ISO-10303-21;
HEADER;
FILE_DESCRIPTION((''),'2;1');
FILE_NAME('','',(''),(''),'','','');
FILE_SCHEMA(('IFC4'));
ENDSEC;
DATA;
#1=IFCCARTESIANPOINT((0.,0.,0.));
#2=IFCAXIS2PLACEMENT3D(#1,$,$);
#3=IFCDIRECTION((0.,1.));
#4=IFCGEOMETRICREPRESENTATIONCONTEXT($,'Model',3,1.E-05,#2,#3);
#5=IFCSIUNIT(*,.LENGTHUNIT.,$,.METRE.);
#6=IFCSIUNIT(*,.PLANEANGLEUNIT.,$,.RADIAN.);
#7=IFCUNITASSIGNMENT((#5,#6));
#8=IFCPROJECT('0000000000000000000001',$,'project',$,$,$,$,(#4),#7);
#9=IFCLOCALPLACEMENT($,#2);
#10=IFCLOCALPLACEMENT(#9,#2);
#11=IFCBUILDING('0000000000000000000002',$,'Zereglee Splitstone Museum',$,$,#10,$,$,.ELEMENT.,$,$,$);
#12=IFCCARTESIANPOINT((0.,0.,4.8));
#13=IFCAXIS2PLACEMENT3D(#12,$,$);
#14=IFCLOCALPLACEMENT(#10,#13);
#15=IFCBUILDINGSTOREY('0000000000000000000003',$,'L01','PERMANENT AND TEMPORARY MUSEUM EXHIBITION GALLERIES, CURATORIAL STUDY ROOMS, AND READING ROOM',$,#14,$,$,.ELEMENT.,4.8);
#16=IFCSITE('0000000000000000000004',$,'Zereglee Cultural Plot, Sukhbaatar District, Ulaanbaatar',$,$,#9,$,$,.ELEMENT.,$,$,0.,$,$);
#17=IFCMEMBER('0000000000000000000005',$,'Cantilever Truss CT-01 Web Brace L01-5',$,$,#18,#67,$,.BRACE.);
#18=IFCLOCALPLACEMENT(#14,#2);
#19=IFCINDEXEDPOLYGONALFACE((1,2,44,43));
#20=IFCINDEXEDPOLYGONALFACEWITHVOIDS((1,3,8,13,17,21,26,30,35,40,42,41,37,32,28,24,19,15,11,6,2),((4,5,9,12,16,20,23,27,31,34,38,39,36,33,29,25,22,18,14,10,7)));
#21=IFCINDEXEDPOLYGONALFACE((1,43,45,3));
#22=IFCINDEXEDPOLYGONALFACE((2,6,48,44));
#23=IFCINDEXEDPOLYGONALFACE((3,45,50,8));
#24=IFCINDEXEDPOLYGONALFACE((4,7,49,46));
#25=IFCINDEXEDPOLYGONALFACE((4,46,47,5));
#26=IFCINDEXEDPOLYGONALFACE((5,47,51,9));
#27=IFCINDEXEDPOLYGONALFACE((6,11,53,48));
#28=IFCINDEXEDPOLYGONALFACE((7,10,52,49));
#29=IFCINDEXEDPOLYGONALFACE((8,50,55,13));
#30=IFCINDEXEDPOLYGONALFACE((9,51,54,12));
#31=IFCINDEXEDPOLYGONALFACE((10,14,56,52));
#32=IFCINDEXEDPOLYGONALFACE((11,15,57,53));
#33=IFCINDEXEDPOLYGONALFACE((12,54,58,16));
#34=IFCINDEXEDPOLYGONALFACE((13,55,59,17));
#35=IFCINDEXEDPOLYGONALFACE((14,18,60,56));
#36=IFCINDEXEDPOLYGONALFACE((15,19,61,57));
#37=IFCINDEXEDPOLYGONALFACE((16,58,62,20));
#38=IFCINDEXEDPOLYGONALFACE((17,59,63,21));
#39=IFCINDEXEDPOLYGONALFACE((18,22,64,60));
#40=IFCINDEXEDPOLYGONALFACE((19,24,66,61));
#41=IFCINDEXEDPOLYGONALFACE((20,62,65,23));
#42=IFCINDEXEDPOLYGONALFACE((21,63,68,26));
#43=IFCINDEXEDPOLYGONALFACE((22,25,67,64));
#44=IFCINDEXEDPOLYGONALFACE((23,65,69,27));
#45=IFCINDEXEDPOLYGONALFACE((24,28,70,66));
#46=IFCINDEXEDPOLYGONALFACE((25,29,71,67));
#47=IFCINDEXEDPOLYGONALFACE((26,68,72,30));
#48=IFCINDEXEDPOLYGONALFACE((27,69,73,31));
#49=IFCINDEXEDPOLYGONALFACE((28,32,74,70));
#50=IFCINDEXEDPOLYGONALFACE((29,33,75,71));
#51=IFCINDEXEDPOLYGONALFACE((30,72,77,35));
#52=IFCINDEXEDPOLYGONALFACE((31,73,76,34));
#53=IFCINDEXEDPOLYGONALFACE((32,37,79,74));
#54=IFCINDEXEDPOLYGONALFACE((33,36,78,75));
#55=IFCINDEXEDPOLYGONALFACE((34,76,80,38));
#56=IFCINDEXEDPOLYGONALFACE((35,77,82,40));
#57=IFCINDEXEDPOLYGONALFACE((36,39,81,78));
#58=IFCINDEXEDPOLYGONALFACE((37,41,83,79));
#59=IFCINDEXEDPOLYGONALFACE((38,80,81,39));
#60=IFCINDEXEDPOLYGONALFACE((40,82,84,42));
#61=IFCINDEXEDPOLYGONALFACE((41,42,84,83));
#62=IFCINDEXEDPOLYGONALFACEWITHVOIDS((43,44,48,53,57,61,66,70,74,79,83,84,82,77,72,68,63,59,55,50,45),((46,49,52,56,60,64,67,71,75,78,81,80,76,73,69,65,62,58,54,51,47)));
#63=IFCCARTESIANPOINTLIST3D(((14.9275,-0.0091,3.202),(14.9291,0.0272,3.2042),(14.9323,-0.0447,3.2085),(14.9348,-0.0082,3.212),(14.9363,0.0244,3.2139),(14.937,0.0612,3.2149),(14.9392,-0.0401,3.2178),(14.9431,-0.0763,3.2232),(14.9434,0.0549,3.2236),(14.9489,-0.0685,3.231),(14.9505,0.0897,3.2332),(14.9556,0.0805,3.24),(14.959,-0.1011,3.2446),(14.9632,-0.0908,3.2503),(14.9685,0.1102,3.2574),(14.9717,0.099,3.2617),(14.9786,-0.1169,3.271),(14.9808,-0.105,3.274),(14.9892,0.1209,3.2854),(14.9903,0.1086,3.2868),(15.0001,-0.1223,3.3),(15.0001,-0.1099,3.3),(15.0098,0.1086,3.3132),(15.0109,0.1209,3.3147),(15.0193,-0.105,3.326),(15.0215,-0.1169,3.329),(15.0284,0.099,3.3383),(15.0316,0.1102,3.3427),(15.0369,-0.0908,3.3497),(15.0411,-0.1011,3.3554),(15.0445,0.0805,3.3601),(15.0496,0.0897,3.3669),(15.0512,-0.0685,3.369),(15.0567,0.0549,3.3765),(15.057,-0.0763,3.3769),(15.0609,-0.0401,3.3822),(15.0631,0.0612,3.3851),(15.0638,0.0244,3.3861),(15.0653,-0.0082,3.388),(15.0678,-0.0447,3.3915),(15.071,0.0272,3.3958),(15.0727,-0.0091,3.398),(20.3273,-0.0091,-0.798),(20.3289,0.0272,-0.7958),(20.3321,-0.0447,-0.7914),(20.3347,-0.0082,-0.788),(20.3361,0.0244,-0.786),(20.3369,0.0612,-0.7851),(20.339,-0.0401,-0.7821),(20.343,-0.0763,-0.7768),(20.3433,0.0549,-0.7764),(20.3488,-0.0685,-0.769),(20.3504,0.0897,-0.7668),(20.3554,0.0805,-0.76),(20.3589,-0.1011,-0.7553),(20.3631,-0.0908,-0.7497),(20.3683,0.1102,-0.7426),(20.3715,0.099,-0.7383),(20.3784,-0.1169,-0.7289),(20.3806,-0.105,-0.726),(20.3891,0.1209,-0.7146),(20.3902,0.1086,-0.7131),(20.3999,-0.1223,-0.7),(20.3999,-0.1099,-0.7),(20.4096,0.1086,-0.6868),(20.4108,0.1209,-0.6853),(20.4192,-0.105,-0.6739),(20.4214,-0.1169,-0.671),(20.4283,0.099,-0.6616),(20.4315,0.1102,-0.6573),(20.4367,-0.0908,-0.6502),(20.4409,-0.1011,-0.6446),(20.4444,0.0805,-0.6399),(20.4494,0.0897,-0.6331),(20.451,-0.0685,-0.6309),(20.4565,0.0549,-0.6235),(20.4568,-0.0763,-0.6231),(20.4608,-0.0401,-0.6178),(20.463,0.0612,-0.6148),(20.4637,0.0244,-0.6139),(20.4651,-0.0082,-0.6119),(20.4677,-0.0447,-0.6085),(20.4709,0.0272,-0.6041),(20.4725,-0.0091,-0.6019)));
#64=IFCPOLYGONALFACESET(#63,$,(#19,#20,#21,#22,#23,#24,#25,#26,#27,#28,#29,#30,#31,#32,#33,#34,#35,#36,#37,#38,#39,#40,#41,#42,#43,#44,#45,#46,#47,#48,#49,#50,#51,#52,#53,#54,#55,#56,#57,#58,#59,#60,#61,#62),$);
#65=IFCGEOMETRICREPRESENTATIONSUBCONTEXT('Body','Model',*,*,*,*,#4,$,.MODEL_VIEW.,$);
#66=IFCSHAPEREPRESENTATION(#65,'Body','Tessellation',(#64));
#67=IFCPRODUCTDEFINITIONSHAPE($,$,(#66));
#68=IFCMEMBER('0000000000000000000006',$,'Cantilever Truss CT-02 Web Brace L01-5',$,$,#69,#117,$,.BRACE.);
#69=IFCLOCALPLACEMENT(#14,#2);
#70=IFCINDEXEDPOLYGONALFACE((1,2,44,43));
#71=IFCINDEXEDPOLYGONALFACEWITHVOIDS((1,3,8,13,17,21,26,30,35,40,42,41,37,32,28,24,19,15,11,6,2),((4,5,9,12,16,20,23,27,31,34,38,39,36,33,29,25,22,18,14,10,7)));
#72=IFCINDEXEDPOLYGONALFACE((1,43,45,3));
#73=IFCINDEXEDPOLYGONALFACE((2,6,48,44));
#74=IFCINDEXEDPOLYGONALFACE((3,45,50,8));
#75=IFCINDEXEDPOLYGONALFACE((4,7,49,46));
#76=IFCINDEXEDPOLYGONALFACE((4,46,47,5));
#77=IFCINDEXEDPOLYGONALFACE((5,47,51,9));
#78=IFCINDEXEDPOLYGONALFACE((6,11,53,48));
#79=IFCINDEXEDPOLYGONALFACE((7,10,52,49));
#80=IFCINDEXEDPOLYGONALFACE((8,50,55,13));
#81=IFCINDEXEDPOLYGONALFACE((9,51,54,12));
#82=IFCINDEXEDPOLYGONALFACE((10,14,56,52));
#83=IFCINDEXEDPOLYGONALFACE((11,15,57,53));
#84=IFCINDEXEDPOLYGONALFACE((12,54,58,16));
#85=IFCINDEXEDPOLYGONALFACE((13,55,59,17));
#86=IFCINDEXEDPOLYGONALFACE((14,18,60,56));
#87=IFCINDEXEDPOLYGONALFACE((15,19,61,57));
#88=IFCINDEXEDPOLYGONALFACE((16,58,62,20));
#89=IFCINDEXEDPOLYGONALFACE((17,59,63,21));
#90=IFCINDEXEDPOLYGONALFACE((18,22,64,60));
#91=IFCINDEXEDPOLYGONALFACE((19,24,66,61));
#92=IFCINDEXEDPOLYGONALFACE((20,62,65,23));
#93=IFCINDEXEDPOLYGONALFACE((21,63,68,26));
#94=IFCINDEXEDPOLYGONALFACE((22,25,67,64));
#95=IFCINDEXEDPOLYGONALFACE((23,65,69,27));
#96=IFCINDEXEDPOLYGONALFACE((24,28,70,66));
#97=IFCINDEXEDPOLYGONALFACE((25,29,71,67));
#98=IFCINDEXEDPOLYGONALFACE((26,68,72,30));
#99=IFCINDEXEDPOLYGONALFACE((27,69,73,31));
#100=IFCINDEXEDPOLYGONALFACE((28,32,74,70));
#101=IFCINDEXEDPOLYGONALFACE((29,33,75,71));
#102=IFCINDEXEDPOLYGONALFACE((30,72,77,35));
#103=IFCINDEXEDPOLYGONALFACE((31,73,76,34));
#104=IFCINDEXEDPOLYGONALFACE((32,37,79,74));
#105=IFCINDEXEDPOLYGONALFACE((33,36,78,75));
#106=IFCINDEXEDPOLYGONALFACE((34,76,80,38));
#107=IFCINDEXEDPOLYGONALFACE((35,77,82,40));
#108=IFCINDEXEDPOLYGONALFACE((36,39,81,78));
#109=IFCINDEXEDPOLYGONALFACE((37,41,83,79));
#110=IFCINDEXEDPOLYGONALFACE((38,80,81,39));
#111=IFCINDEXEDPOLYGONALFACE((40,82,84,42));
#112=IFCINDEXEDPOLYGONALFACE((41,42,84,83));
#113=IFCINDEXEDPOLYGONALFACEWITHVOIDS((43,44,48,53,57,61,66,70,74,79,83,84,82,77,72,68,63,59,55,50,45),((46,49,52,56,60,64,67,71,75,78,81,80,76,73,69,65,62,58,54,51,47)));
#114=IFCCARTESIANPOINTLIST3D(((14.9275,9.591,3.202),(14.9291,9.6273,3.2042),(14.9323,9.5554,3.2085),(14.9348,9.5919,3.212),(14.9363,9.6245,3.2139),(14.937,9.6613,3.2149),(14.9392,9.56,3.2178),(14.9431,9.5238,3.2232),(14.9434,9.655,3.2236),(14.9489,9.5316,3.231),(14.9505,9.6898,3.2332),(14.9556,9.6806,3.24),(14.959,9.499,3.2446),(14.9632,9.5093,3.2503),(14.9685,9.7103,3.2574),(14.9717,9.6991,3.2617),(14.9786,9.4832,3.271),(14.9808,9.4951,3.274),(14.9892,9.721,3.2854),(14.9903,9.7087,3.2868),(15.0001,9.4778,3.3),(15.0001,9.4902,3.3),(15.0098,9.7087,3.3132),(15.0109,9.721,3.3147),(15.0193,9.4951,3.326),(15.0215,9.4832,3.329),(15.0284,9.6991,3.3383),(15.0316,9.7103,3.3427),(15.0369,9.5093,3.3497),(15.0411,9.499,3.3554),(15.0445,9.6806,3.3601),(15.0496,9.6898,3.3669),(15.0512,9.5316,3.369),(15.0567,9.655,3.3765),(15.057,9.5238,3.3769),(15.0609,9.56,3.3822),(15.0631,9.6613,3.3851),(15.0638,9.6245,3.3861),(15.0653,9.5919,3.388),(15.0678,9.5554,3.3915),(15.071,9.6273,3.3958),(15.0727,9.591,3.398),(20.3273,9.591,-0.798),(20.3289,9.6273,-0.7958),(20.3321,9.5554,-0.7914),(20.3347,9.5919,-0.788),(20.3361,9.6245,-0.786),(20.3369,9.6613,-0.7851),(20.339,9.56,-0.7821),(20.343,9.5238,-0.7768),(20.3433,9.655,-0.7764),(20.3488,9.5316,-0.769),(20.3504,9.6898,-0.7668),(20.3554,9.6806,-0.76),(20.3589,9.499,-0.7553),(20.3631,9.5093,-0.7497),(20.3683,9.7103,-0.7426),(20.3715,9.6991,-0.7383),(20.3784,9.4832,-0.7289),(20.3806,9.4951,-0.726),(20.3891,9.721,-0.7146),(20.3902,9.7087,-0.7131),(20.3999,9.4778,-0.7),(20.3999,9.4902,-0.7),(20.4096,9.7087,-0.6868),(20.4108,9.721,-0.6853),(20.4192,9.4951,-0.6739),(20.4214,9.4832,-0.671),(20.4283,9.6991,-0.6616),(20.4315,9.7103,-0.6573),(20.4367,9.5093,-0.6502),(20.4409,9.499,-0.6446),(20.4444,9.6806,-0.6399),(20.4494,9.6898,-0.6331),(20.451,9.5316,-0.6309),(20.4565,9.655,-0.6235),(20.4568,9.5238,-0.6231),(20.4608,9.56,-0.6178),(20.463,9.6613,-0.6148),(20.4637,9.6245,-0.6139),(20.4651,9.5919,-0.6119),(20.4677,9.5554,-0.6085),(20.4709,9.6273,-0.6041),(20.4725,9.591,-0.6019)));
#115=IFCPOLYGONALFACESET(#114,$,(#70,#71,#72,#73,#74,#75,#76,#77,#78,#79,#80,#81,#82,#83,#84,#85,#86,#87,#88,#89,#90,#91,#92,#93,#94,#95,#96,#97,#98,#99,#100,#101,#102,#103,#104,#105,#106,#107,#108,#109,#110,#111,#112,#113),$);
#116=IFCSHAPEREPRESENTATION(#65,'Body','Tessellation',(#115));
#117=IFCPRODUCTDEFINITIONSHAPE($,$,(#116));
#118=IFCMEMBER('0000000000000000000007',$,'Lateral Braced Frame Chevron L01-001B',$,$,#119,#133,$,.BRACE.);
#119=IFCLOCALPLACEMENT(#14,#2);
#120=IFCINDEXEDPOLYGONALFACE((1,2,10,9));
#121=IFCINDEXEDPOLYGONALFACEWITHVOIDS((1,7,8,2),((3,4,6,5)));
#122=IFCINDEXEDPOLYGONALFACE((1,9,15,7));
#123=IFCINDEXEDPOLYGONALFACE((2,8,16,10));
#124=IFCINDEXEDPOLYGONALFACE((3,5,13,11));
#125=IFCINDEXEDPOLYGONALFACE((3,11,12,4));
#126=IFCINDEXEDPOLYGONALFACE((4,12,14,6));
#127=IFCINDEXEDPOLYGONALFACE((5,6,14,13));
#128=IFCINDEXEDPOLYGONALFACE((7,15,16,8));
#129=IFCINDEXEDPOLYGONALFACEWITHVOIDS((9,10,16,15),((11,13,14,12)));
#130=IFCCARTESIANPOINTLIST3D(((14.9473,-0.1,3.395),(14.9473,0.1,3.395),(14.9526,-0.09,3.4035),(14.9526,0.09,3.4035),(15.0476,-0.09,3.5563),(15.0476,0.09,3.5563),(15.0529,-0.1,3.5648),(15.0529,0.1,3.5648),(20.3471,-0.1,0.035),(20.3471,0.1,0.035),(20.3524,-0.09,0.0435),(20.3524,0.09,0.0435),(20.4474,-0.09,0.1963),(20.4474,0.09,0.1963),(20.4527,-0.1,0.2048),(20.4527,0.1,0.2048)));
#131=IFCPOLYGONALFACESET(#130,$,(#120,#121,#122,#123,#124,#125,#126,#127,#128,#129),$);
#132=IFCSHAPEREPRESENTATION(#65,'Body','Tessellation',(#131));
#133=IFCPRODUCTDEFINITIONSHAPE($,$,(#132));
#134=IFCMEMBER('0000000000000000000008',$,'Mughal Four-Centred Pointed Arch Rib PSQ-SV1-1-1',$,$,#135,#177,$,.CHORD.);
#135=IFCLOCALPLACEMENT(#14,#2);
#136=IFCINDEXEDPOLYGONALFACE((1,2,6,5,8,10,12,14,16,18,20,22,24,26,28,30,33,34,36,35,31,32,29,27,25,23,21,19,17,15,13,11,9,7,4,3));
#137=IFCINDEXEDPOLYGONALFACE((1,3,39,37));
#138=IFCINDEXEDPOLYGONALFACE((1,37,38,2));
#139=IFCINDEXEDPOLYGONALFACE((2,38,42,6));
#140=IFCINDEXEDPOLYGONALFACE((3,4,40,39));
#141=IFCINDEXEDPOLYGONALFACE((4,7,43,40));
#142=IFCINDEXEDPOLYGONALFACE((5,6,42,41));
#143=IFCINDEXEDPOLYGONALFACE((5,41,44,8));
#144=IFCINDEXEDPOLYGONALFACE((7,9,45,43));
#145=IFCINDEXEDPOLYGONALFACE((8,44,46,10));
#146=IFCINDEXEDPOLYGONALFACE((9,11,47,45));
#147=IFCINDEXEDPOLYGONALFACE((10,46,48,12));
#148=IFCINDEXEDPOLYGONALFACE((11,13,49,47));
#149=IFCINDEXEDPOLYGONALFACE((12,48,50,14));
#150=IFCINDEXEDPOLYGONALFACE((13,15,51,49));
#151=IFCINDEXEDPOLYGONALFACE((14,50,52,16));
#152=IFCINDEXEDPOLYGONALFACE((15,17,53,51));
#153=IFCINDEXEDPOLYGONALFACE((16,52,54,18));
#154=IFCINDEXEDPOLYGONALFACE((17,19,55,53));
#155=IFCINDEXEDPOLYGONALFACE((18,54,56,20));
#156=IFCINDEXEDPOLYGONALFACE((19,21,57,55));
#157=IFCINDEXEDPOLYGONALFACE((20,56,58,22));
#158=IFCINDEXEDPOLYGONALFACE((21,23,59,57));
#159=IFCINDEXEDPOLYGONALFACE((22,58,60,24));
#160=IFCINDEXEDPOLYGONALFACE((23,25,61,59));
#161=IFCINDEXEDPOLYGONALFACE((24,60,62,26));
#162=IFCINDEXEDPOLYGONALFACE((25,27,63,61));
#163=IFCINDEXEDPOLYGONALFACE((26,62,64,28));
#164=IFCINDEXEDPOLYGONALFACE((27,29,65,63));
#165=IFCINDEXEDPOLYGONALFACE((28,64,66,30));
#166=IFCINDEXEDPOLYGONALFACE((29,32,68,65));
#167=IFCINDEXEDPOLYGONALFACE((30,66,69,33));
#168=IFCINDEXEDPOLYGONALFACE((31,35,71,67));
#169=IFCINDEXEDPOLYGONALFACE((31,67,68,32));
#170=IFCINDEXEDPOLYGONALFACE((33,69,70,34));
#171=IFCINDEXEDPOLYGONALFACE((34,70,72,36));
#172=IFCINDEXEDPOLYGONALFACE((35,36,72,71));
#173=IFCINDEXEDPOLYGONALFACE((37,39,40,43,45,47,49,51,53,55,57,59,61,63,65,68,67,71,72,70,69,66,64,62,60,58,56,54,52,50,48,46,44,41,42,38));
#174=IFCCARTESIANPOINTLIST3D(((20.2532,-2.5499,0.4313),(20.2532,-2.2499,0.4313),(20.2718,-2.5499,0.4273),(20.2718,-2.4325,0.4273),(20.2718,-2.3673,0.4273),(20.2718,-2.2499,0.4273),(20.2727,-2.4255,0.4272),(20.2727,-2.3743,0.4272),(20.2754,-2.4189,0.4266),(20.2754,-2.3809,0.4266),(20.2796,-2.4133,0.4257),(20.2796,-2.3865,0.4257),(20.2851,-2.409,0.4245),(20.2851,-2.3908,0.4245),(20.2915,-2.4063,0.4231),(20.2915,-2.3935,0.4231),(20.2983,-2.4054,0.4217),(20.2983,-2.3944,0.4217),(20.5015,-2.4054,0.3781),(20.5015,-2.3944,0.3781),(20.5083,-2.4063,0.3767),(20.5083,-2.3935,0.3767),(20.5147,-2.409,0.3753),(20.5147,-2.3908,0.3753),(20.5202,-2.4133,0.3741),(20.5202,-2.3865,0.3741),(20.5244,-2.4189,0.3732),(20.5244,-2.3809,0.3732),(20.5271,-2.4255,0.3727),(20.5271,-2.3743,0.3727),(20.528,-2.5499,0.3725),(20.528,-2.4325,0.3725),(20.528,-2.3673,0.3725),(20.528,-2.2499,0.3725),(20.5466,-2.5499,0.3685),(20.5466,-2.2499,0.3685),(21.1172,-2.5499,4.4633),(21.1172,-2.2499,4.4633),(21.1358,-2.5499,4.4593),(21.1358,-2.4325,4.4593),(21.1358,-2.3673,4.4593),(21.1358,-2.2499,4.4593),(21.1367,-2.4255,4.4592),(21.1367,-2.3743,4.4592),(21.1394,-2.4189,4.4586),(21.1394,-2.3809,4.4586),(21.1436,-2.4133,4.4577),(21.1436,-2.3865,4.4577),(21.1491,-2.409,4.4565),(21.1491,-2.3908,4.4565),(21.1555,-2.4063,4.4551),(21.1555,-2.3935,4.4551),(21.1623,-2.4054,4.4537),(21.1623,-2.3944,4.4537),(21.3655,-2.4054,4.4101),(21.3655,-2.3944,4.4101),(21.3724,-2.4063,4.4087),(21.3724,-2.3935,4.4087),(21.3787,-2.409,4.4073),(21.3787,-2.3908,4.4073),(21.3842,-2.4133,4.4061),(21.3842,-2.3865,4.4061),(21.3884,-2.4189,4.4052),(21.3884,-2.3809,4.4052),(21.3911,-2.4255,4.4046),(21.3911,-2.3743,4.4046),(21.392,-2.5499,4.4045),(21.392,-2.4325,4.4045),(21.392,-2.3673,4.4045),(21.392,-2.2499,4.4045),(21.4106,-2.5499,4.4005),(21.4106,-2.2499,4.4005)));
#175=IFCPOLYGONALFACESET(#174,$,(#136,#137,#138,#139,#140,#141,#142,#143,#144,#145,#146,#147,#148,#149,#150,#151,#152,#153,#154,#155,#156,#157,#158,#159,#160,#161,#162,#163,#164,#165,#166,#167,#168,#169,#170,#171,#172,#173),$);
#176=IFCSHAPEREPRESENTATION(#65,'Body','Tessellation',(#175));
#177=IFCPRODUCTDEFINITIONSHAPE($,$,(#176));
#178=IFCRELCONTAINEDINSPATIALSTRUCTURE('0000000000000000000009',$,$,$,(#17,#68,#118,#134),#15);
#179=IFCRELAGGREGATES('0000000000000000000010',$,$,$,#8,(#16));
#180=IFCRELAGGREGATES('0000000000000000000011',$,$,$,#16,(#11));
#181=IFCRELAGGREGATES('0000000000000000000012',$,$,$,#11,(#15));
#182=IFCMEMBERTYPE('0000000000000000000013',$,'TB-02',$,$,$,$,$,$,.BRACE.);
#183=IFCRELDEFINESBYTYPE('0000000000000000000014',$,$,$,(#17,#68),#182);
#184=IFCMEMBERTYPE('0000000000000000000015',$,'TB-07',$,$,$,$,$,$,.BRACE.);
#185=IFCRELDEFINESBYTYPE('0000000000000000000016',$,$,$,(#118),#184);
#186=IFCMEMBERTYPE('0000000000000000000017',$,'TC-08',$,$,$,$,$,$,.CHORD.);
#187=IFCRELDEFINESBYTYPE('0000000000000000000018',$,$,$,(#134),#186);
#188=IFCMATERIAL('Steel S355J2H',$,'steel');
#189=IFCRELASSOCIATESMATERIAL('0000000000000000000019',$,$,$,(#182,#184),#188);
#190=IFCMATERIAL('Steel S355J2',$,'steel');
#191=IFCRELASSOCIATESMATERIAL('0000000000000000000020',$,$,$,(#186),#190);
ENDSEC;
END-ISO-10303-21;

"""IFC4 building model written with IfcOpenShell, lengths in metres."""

from ifc_helpers import new_model, si_unit, direction, frame, origin, origin_2d, place, context, subcontext, project, spatial, hollow_rectangle, hollow_circle, i_section, extrude, material, material_profile, profile_set, type_object, element, save


model = new_model("IFC4")

# Units and contexts
model_context = context("Model", 3, precision=1e-05, world=origin(), true_north=direction((0.0, 1.0)))
body_context = subcontext(model_context, "Body", "Model", "MODEL_VIEW")
ifc_project = project(units=[si_unit("LENGTHUNIT", "METRE"), si_unit("PLANEANGLEUNIT", "RADIAN")], contexts=[model_context])

# Site, building, storey
site_placement = place(None, origin())
site = spatial("IfcSite", under=ifc_project, at=site_placement, Name="Zereglee Cultural Plot, Sukhbaatar District, Ulaanbaatar", CompositionType="ELEMENT", RefElevation=0.0)
building_placement = place(site_placement, origin())
building = spatial("IfcBuilding", under=site, at=building_placement, Name="Zereglee Splitstone Museum", CompositionType="ELEMENT")
storey_placement = place(building_placement, frame((0.0, 0.0, 4.8)))
storey = spatial("IfcBuildingStorey", under=building, at=storey_placement, Name="L01", Description="PERMANENT AND TEMPORARY MUSEUM EXHIBITION GALLERIES, CURATORIAL STUDY ROOMS, AND READING ROOM", CompositionType="ELEMENT", Elevation=4.8)

# Shared definitions
ifc_material_1 = material(Name="Steel S355J2H", Category="steel")

# Members
ifc_material_profile_1 = material_profile(ifc_material_1, hollow_circle(Radius=0.1223, WallThickness=0.0125, at=origin_2d()), Name="CHS 244.5x12.5")
ifc_profile_set_1 = profile_set([ifc_material_profile_1], Name="Steel S355J2H")
member_type_1 = type_object("IfcMemberType", Name="TB-02", PredefinedType="BRACE", material=ifc_profile_set_1)
for number, where, z_axis, x_axis, name in (
    (1, (20.3999, 0.0, -0.7), (-0.803552, 0.0, 0.595235), (0.0, -1.0, 0.0), "Cantilever Truss CT-01 Web Brace L01-5"),
    (2, (20.3999, 9.6001, -0.7), (-0.803552, 0.0, 0.595235), (0.0, -1.0, 0.0), "Cantilever Truss CT-02 Web Brace L01-5"),
):
    element("IfcMember", number, at=place(storey_placement, frame(where, z_axis=z_axis, x_axis=x_axis)), inside=storey, type_object=member_type_1, Name=name, PredefinedType="BRACE", context=body_context, shape_type="SweptSolid", body=[
        extrude(hollow_circle(Radius=0.1223, WallThickness=0.0125, at=origin_2d()), origin(), (0.0, 0.0, 1.0), 6.72),
    ])
ifc_material_profile_2 = material_profile(ifc_material_1, hollow_rectangle(XDim=0.2, YDim=0.2, WallThickness=0.01, at=origin_2d()), Name="SHS 200x200x10")
ifc_profile_set_2 = profile_set([ifc_material_profile_2], Name="Steel S355J2H")
member_type_2 = type_object("IfcMemberType", Name="TB-07", PredefinedType="BRACE", material=ifc_profile_set_2)
member_1_placement = place(storey_placement, frame((20.3999, 0.0, 0.1199), z_axis=(-0.849045, 0.0, 0.528321), x_axis=(0.0, -1.0, 0.0)))
element("IfcMember", 3, at=member_1_placement, inside=storey, type_object=member_type_2, Name="Lateral Braced Frame Chevron L01-001B", PredefinedType="BRACE", context=body_context, shape_type="SweptSolid", body=[
    extrude(hollow_rectangle(XDim=0.2, YDim=0.2, WallThickness=0.01, at=origin_2d()), origin(), (0.0, 0.0, 1.0), 6.3599),
])
ifc_material_2 = material(Name="Steel S355J2", Category="steel")
ifc_material_profile_3 = material_profile(ifc_material_2, i_section(OverallWidth=0.3, OverallDepth=0.3, WebThickness=0.011, FlangeThickness=0.019, FilletRadius=0.0271, at=origin_2d()), Name="HE 300 B")
ifc_profile_set_3 = profile_set([ifc_material_profile_3], Name="Steel S355J2")
member_type_3 = type_object("IfcMemberType", Name="TC-08", PredefinedType="CHORD", material=ifc_profile_set_3)
member_2_placement = place(storey_placement, frame((20.3999, -2.3999, 0.3999), z_axis=(0.209533, 0.0, 0.977802), x_axis=(0.0, 1.0, 0.0)))
element("IfcMember", 4, at=member_2_placement, inside=storey, type_object=member_type_3, Name="Mughal Four-Centred Pointed Arch Rib PSQ-SV1-1-1", PredefinedType="CHORD", context=body_context, shape_type="SweptSolid", body=[
    extrude(i_section(OverallWidth=0.3, OverallDepth=0.3, WebThickness=0.011, FlangeThickness=0.019, FilletRadius=0.0271, at=origin_2d()), origin(), (0.0, 0.0, 1.0), 4.1235),
])

save(model, "model.ifc")
